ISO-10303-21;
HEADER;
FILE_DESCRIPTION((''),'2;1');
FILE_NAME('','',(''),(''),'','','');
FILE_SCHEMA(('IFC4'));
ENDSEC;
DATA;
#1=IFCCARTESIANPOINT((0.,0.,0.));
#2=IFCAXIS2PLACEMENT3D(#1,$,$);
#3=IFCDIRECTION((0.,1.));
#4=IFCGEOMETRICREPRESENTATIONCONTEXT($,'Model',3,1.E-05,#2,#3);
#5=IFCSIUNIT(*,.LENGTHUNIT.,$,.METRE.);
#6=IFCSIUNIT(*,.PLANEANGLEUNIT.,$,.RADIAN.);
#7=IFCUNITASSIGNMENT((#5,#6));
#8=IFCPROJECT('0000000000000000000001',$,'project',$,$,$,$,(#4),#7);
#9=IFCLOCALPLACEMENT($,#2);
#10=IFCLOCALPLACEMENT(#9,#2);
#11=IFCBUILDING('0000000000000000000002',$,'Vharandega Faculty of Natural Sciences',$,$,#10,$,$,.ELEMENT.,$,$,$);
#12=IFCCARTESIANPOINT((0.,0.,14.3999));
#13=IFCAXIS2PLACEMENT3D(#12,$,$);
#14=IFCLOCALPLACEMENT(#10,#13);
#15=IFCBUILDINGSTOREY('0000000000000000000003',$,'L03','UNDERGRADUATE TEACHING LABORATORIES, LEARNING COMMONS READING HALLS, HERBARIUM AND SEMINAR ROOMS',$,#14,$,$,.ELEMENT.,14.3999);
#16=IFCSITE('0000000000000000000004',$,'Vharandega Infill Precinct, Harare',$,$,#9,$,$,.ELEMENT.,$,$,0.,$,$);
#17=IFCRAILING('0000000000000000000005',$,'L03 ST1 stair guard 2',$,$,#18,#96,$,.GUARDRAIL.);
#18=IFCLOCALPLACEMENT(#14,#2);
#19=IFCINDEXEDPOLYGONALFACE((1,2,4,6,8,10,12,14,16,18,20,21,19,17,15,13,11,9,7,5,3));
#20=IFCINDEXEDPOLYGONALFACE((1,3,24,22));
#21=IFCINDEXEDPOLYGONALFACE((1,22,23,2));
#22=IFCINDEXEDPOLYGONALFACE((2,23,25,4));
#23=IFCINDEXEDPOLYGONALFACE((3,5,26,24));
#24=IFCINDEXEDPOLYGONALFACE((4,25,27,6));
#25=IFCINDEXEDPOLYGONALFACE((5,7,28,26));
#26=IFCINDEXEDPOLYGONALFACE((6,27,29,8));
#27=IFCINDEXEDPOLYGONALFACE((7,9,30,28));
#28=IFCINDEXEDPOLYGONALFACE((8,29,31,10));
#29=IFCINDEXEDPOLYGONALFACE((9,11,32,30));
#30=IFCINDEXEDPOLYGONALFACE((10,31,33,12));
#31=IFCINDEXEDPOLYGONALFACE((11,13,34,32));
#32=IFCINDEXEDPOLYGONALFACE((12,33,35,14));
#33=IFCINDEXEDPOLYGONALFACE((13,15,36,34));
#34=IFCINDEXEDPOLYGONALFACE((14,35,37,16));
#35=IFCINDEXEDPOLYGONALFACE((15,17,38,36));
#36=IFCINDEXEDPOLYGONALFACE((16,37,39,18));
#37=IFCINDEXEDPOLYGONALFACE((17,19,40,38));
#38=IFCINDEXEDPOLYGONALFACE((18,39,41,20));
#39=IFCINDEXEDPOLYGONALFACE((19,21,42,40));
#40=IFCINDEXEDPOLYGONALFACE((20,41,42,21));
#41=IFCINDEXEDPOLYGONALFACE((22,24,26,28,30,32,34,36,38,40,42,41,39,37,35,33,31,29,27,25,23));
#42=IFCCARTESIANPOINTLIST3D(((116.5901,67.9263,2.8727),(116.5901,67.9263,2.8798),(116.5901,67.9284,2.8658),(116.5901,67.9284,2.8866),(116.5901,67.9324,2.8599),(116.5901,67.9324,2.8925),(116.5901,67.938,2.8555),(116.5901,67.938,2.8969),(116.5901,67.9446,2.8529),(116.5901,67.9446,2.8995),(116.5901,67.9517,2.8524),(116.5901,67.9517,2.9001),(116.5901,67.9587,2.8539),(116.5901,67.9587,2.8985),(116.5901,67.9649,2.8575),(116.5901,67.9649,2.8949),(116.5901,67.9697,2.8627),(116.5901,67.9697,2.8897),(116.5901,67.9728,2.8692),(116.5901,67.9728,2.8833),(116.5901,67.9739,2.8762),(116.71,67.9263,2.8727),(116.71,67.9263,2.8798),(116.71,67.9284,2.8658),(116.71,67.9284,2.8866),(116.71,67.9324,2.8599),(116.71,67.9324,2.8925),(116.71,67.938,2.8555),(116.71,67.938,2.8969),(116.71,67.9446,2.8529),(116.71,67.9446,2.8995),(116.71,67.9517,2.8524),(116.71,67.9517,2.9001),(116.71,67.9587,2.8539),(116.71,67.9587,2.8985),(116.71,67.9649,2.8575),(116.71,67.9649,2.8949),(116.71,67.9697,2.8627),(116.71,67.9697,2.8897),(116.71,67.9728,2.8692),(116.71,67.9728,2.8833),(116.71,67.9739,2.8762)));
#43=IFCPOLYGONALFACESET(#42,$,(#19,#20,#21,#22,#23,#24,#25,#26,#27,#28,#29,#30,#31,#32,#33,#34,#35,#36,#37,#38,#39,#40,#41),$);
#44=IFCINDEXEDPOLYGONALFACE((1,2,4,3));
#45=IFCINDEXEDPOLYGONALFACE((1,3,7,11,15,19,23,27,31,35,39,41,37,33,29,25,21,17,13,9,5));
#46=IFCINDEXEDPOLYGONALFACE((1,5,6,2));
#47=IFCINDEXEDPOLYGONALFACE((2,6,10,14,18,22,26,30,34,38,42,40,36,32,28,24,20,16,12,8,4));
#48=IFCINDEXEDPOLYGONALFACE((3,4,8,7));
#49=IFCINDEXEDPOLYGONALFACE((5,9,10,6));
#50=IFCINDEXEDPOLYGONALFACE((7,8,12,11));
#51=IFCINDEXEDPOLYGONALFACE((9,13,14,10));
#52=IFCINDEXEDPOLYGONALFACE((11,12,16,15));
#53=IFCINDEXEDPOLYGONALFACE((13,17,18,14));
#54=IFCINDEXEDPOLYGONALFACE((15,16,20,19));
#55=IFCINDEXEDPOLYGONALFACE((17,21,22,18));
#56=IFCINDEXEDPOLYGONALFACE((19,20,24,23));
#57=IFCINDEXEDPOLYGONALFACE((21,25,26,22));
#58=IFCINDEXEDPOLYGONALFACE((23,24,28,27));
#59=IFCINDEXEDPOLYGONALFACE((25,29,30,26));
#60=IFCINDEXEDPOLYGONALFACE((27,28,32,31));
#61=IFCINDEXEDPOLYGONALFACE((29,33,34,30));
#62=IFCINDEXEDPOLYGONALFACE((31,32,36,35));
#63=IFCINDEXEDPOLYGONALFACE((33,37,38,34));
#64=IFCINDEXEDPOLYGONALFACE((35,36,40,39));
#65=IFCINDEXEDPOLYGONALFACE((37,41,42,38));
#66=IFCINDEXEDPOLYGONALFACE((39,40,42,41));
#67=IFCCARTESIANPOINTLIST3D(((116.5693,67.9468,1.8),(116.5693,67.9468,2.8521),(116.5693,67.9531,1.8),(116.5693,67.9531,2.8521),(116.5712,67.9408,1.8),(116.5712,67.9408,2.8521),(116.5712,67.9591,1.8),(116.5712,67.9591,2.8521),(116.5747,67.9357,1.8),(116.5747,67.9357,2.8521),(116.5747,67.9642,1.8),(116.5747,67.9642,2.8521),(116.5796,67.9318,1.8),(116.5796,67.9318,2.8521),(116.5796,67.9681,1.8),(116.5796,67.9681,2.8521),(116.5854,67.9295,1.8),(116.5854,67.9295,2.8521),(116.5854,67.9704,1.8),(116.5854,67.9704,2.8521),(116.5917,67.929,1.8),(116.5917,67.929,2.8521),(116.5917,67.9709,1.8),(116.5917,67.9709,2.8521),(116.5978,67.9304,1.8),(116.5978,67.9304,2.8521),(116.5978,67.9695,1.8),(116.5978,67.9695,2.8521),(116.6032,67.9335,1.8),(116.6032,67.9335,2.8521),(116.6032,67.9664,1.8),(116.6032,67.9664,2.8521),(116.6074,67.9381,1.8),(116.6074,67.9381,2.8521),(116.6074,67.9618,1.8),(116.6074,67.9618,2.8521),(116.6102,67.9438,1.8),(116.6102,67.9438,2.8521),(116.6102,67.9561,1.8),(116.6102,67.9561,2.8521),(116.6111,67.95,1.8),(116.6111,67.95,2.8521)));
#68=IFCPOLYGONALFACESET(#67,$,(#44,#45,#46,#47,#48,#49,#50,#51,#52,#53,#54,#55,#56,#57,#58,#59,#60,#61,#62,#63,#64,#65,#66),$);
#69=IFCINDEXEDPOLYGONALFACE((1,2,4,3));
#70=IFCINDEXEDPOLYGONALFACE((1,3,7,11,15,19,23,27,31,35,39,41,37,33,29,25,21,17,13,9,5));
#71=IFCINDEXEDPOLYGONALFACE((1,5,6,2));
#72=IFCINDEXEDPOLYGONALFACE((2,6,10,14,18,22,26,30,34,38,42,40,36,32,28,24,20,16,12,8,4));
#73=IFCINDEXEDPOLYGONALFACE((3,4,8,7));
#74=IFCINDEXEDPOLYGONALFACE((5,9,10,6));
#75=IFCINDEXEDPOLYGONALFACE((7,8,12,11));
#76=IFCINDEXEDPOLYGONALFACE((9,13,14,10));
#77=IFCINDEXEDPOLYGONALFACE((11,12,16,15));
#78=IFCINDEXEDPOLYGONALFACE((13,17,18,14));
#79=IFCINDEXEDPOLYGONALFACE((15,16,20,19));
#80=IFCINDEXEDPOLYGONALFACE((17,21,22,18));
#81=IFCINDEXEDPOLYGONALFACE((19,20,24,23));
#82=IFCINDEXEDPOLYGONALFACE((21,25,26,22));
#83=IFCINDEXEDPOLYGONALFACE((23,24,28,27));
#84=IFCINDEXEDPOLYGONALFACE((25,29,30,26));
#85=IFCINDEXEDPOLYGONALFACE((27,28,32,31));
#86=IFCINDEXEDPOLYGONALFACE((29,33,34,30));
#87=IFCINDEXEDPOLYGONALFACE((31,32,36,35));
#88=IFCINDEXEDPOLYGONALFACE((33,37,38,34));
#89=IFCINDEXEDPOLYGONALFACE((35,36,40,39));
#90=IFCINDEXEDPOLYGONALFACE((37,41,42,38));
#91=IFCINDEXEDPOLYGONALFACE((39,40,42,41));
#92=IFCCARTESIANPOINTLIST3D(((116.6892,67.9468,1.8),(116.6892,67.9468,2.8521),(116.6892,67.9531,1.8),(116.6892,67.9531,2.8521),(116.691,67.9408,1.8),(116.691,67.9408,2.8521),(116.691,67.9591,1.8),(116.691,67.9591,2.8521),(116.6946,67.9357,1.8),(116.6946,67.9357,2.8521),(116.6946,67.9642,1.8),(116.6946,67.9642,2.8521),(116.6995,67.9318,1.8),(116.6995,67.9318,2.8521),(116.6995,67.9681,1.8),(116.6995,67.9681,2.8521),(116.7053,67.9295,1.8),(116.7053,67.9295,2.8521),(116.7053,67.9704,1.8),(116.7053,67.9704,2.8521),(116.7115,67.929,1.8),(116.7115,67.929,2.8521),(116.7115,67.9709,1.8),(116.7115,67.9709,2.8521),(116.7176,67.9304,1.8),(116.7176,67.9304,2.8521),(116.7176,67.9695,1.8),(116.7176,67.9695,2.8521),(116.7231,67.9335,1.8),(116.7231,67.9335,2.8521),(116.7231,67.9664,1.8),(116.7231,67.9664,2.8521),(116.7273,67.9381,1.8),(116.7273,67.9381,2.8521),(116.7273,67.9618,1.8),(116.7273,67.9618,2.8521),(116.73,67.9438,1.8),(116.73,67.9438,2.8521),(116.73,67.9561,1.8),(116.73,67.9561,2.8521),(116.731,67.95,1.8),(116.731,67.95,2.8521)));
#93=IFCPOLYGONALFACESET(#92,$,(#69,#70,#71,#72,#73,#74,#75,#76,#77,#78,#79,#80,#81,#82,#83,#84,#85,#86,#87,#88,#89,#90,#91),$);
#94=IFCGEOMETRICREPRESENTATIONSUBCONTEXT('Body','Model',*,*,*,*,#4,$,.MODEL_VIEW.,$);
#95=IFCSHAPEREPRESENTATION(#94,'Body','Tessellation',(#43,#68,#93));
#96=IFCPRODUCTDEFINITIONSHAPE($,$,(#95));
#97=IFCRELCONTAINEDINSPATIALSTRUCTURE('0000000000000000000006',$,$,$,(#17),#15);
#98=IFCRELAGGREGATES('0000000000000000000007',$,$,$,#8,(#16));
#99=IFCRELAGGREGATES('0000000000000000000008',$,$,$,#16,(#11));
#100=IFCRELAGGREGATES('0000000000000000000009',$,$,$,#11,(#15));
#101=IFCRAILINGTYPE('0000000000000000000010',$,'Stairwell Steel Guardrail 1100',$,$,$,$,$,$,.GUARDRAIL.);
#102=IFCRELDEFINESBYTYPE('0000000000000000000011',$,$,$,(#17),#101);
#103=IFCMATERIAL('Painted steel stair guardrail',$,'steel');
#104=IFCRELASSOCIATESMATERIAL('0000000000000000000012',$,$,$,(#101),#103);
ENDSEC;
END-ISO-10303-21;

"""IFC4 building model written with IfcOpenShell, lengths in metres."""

from ifc_helpers import new_model, si_unit, direction, frame, origin, origin_2d, place, context, subcontext, project, spatial, circle, extrude, material, type_object, element, save


model = new_model("IFC4")

# Units and contexts
model_context = context("Model", 3, precision=1e-05, world=origin(), true_north=direction((0.0, 1.0)))
body_context = subcontext(model_context, "Body", "Model", "MODEL_VIEW")
ifc_project = project(units=[si_unit("LENGTHUNIT", "METRE"), si_unit("PLANEANGLEUNIT", "RADIAN")], contexts=[model_context])

# Site, building, storey
site_placement = place(None, origin())
site = spatial("IfcSite", under=ifc_project, at=site_placement, Name="Vharandega Infill Precinct, Harare", CompositionType="ELEMENT", RefElevation=0.0)
building_placement = place(site_placement, origin())
building = spatial("IfcBuilding", under=site, at=building_placement, Name="Vharandega Faculty of Natural Sciences", CompositionType="ELEMENT")
storey_placement = place(building_placement, frame((0.0, 0.0, 14.3999)))
storey = spatial("IfcBuildingStorey", under=building, at=storey_placement, Name="L03", Description="UNDERGRADUATE TEACHING LABORATORIES, LEARNING COMMONS READING HALLS, HERBARIUM AND SEMINAR ROOMS", CompositionType="ELEMENT", Elevation=14.3999)

# Railing
ifc_material_1 = material(Name="Painted steel stair guardrail", Category="steel")
railing_type_1 = type_object("IfcRailingType", Name="Stairwell Steel Guardrail 1100", PredefinedType="GUARDRAIL", material=ifc_material_1)
railing_1_placement = place(storey_placement, frame((116.5901, 67.95, 1.8)))
element("IfcRailing", 1, at=railing_1_placement, inside=storey, type_object=railing_type_1, Name="L03 ST1 stair guard 2", PredefinedType="GUARDRAIL", context=body_context, shape_type="SweptSolid", body=[
    extrude(circle(Radius=0.0239, at=origin_2d()), frame((0.0, 0.0, 1.0762), z_axis=(1.0, 0.0, 0.0), x_axis=(0.0, 1.0, 0.0)), (0.0, 0.0, 1.0), 0.1199),
    extrude(circle(Radius=0.021, at=origin_2d()), origin(), (0.0, 0.0, 1.0), 1.052),
    extrude(circle(Radius=0.021, at=origin_2d()), frame((0.1199, 0.0, 0.0)), (0.0, 0.0, 1.0), 1.052),
])

save(model, "model.ifc")
